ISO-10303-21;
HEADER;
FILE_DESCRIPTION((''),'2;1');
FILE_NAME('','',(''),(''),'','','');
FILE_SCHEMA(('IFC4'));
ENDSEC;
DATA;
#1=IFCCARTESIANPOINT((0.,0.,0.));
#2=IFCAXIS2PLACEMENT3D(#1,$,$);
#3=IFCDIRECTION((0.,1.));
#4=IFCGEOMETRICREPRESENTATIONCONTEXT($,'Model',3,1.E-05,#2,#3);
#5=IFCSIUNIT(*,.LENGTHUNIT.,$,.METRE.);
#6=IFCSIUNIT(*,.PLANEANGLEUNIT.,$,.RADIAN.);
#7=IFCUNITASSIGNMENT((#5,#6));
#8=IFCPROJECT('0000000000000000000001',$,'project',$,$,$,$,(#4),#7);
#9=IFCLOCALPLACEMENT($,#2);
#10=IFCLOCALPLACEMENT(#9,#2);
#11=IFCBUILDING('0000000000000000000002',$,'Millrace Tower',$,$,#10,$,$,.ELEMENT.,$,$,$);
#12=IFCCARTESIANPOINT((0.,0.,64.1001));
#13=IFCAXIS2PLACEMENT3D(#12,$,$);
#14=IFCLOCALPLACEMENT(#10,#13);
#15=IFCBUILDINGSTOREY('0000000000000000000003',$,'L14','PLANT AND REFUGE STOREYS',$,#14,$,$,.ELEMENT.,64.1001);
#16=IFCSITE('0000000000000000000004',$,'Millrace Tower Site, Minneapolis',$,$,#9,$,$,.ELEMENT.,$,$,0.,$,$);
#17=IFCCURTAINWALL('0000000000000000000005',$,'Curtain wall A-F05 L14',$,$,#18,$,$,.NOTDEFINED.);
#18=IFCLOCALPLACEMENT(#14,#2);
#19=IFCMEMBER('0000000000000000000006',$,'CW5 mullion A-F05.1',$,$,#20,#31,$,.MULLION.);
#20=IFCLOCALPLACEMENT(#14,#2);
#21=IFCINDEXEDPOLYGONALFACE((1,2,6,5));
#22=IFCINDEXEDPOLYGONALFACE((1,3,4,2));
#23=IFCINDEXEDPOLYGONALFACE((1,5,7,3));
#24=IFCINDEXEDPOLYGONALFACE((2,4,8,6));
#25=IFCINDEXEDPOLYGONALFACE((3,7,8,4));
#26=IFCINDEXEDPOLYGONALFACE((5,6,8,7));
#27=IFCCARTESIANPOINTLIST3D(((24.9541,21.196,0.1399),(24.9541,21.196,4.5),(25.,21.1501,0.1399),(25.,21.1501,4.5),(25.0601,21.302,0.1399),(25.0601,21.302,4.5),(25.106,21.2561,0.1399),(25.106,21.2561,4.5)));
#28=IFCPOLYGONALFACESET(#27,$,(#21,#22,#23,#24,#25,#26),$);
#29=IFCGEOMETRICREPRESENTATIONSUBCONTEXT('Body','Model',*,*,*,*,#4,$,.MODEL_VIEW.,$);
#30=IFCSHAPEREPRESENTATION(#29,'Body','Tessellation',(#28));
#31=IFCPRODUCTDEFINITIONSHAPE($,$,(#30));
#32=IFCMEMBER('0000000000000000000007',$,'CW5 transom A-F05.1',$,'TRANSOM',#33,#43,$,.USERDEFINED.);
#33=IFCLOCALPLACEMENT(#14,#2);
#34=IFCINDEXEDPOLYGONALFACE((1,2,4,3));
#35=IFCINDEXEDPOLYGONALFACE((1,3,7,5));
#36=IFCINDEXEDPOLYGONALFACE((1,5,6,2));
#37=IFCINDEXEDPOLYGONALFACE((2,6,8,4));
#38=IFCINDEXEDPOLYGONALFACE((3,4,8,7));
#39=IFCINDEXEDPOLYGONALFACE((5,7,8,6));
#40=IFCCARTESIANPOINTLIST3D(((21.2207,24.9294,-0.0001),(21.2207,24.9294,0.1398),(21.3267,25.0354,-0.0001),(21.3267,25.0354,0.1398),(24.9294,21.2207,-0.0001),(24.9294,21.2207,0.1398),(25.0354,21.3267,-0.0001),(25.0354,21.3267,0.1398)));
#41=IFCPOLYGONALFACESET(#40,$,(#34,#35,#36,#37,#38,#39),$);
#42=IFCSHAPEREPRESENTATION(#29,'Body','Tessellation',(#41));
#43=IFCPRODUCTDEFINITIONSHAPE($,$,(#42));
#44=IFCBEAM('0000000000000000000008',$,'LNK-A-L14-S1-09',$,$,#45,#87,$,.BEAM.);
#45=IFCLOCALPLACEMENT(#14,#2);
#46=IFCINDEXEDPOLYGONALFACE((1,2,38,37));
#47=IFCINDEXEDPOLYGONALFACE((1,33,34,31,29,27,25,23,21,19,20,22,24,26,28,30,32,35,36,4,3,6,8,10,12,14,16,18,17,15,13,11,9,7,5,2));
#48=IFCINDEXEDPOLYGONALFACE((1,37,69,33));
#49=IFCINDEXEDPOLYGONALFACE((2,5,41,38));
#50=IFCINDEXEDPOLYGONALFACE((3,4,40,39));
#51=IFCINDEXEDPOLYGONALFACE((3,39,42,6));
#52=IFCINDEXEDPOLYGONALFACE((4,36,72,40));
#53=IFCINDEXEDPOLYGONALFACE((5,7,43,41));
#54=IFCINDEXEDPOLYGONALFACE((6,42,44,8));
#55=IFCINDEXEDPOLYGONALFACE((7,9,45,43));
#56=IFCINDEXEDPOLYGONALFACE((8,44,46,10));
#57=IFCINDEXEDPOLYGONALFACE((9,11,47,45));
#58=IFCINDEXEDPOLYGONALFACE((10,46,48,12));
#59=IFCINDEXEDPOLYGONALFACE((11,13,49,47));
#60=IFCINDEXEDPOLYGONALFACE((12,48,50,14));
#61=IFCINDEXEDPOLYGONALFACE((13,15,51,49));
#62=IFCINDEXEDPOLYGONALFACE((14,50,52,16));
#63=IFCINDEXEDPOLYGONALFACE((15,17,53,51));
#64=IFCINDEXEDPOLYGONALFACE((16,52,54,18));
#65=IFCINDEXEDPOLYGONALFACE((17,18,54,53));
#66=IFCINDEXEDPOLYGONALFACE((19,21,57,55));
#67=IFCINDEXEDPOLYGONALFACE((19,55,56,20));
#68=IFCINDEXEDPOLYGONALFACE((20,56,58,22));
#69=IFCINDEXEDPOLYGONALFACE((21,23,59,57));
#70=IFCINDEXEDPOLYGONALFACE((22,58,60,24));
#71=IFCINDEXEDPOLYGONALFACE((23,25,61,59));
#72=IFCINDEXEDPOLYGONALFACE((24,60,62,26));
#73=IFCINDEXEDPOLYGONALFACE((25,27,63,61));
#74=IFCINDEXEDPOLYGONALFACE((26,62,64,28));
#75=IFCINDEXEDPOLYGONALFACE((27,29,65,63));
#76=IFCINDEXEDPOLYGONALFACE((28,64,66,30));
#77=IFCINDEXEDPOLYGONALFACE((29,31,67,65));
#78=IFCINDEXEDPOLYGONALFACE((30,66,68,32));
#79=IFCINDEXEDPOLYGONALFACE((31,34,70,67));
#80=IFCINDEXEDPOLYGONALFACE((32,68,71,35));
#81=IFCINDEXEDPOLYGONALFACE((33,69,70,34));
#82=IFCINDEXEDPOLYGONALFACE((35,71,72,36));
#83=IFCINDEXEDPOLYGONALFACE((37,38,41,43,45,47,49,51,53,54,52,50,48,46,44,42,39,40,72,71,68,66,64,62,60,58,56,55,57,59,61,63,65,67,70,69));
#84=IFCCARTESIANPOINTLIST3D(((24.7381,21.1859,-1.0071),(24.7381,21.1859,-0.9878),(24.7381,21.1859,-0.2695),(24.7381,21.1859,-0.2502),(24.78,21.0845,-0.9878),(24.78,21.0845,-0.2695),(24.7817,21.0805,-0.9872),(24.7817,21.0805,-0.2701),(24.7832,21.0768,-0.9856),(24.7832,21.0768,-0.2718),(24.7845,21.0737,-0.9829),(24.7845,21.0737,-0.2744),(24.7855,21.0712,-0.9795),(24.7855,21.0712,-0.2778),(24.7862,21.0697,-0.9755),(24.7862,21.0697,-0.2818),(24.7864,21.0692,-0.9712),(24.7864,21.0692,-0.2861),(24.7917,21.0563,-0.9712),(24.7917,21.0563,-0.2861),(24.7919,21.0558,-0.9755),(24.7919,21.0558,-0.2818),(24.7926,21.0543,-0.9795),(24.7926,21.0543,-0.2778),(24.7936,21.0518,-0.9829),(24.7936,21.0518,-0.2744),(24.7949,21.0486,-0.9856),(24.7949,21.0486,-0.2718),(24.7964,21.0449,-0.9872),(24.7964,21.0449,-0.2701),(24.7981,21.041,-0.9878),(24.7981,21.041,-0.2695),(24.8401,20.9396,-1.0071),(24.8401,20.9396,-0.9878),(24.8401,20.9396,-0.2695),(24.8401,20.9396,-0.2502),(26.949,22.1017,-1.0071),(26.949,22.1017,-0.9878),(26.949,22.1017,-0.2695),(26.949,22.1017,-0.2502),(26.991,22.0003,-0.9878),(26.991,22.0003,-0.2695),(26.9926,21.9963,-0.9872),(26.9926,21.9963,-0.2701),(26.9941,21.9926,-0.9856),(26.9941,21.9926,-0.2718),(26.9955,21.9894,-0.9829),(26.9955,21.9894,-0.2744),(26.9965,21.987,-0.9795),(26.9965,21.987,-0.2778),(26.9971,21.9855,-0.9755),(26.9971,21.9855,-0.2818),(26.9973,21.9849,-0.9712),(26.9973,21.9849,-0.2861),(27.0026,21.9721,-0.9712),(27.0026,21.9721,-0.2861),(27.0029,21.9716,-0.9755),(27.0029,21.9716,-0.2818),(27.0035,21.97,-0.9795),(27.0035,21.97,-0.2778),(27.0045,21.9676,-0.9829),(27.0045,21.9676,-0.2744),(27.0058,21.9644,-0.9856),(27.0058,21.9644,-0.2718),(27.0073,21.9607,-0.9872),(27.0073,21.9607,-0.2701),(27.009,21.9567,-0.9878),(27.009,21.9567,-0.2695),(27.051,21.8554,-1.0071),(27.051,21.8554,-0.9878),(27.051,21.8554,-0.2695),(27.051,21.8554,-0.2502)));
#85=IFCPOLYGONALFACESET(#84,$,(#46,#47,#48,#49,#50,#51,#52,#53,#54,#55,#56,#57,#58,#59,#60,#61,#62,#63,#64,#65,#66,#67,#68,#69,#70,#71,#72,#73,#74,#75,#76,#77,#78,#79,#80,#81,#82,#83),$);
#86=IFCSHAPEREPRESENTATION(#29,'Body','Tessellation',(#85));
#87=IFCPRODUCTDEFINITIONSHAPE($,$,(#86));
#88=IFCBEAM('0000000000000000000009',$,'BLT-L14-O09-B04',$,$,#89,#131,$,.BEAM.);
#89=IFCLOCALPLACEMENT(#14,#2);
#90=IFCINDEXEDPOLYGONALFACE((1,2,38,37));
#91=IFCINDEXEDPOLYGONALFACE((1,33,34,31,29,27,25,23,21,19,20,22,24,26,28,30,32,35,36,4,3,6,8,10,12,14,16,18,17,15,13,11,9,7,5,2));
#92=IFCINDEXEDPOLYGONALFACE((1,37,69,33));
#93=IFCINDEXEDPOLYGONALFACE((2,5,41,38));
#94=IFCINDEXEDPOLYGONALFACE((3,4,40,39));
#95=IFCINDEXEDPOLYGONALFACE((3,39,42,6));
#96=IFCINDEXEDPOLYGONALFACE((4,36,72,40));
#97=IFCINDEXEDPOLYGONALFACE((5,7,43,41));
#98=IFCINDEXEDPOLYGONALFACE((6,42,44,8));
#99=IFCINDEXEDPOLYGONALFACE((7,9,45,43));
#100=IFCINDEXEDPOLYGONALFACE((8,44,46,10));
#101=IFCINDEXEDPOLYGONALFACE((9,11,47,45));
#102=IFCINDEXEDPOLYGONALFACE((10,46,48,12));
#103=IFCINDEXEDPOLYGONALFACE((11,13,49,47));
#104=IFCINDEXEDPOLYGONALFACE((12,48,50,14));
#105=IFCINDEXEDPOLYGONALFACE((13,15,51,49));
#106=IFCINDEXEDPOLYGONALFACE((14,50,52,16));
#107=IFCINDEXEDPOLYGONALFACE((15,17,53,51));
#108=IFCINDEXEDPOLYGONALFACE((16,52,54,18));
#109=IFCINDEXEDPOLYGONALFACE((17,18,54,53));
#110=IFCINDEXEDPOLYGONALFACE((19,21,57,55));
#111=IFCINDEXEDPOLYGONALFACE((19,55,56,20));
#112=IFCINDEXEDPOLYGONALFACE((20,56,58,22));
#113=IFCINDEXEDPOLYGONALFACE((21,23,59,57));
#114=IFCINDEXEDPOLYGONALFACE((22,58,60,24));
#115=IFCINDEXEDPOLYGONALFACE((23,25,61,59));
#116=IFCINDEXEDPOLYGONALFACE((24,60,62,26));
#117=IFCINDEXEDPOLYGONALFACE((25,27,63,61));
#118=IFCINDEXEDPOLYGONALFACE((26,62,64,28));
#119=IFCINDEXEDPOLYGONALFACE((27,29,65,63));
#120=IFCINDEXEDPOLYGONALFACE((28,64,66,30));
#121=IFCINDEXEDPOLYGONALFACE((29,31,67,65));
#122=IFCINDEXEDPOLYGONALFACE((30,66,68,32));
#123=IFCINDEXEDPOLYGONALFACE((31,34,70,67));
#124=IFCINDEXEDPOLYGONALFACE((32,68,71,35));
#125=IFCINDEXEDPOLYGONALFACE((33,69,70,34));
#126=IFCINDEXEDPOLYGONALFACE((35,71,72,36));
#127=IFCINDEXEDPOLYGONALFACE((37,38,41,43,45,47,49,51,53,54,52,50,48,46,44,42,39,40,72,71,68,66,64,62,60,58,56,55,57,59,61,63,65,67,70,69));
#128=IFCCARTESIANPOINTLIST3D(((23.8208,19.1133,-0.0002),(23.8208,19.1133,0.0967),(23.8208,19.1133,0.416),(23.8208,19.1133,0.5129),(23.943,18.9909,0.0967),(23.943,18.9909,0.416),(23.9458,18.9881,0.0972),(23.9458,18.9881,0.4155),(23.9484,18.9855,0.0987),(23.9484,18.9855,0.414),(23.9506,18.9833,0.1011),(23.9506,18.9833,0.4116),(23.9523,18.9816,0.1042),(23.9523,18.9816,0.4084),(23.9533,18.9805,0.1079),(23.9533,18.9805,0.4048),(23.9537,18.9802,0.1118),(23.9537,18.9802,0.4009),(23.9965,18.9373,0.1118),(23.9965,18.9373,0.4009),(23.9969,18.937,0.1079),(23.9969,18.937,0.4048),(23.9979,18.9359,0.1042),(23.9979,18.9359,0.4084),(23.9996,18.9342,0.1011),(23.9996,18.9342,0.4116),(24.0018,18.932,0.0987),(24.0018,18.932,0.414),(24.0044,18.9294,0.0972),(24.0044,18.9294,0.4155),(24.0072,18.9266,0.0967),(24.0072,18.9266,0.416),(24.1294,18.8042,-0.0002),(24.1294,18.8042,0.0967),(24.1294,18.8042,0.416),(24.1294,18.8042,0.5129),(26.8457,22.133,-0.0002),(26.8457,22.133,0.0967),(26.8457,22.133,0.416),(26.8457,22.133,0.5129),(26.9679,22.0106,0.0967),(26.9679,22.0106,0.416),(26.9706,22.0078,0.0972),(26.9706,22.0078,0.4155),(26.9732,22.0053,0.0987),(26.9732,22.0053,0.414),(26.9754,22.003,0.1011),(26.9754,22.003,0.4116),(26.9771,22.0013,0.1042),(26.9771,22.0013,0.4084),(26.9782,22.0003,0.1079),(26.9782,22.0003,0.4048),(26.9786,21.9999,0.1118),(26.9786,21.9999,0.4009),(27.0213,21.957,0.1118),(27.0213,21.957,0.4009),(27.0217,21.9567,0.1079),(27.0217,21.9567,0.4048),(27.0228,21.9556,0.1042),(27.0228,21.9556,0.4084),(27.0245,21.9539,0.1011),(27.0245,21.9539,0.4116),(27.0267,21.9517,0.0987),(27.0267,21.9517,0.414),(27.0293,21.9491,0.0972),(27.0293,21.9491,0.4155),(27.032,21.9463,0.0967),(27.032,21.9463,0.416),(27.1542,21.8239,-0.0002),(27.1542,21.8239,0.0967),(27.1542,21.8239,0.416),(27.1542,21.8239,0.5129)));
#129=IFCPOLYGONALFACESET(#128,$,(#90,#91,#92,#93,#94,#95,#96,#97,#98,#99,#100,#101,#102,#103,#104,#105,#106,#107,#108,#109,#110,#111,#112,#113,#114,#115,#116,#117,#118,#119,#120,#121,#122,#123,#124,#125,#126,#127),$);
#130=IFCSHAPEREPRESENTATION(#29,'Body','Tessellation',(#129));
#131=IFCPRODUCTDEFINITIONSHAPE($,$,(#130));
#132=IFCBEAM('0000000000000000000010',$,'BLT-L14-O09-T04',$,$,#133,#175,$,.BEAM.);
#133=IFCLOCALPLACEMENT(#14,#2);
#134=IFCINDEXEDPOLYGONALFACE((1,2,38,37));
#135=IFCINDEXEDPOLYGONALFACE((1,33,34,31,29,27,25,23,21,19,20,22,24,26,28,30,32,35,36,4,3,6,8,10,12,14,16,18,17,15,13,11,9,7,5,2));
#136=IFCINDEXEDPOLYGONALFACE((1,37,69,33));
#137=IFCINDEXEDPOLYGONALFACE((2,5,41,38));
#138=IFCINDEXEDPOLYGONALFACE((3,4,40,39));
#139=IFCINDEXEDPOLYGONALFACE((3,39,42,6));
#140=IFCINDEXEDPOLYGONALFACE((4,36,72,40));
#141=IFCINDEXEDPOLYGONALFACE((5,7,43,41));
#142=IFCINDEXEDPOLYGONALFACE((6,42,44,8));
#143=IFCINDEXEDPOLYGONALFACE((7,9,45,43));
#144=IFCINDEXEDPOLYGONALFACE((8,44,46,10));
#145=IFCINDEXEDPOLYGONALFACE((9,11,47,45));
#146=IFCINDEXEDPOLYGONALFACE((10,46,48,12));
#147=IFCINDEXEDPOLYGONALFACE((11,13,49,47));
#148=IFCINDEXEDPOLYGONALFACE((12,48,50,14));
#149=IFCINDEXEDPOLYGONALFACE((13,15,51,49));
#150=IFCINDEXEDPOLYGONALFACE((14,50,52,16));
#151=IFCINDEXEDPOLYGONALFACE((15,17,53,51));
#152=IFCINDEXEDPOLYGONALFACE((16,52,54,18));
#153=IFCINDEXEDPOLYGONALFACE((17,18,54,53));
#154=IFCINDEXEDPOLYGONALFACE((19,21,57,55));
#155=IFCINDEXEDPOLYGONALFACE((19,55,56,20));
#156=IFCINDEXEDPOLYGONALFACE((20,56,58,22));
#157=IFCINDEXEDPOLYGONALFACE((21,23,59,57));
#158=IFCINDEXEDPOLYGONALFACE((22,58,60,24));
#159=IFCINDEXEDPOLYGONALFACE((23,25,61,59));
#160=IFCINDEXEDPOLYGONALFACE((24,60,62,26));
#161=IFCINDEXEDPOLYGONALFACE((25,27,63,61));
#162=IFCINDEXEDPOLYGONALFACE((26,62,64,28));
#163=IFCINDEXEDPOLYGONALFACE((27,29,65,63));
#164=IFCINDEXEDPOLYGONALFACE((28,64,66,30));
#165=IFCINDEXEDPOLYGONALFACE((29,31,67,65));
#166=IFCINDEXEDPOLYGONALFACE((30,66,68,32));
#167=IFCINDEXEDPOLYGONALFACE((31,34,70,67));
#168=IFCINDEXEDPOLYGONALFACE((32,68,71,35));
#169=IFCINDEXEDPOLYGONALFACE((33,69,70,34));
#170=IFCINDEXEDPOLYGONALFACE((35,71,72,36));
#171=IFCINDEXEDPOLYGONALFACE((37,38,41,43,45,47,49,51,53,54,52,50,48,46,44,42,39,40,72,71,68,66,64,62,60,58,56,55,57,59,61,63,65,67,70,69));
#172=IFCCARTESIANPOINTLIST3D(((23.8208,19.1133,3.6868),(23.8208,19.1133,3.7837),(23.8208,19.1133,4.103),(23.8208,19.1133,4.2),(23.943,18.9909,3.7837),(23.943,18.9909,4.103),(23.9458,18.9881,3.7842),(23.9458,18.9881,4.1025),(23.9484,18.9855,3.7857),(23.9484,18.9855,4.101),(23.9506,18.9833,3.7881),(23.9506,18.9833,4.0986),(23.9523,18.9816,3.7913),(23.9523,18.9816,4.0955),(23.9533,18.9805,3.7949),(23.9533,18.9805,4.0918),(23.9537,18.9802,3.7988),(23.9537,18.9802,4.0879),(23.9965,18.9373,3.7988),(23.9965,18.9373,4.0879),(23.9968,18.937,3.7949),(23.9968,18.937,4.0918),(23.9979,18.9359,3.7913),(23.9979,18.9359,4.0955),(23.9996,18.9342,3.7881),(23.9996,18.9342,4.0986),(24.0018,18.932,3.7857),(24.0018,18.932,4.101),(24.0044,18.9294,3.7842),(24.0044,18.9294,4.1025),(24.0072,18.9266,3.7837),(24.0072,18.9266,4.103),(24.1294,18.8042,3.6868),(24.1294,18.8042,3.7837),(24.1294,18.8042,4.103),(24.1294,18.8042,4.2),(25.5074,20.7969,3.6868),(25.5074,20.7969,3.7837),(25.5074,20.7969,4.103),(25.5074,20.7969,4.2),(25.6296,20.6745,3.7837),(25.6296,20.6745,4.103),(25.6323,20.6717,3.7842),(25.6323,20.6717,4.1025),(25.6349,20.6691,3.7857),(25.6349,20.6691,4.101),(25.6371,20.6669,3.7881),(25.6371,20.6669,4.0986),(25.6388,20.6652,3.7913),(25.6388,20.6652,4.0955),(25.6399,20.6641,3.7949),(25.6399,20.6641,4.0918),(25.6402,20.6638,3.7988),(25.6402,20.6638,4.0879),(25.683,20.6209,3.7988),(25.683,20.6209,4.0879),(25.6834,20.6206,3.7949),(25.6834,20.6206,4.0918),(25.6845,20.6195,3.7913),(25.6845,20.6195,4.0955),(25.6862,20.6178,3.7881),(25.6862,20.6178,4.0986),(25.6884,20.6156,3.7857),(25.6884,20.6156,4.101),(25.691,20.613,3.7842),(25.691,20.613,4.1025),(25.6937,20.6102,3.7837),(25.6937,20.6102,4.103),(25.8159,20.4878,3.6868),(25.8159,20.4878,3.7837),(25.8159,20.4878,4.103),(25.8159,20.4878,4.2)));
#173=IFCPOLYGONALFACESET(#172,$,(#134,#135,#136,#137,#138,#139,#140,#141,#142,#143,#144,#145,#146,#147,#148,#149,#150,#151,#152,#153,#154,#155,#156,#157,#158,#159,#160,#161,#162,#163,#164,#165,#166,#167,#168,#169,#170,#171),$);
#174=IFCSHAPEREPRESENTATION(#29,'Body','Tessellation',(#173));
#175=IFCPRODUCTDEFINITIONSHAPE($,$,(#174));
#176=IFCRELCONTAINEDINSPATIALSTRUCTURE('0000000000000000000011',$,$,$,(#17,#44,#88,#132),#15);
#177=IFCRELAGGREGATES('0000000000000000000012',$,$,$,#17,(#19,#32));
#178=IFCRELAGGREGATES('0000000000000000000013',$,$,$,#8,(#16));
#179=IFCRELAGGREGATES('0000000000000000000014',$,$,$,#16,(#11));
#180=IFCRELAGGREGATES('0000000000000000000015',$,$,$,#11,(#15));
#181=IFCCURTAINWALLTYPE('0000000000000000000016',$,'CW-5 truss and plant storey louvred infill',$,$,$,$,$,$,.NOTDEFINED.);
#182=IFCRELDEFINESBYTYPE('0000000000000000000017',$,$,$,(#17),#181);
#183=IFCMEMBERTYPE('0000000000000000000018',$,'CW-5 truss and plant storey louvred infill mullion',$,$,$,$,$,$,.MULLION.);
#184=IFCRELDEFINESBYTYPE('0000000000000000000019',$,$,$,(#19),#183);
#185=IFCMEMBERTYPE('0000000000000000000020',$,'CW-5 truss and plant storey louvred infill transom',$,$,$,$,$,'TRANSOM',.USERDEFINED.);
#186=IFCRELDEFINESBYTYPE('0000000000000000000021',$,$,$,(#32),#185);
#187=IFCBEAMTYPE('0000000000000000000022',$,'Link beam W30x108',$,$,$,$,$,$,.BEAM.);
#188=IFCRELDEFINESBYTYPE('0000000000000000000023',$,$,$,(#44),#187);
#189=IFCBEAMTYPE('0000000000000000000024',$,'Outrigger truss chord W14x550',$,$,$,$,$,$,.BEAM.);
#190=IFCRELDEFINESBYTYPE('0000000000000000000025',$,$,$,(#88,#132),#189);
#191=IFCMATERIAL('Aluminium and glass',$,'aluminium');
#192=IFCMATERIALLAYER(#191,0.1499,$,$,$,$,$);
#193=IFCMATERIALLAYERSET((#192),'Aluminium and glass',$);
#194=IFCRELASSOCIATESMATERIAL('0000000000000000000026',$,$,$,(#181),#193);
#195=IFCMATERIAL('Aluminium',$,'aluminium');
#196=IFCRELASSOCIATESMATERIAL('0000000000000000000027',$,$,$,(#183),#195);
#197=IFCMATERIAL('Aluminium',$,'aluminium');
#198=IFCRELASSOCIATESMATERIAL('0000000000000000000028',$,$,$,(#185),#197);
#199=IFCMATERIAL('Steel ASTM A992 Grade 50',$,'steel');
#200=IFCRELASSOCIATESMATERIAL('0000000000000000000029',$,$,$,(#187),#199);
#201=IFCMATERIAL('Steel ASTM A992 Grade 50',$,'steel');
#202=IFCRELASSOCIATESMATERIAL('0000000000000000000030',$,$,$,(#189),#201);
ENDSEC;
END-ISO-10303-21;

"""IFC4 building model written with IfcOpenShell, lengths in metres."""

from ifc_helpers import new_model, si_unit, direction, frame, origin, origin_2d, place, context, subcontext, project, spatial, rectangle, i_section, extrude, material, layer, layer_set, material_profile, profile_set, type_object, element, aggregate, save


model = new_model("IFC4")

# Units and contexts
model_context = context("Model", 3, precision=1e-05, world=origin(), true_north=direction((0.0, 1.0)))
body_context = subcontext(model_context, "Body", "Model", "MODEL_VIEW")
ifc_project = project(units=[si_unit("LENGTHUNIT", "METRE"), si_unit("PLANEANGLEUNIT", "RADIAN")], contexts=[model_context])

# Site, building, storey
site_placement = place(None, origin())
site = spatial("IfcSite", under=ifc_project, at=site_placement, Name="Millrace Tower Site, Minneapolis", CompositionType="ELEMENT", RefElevation=0.0)
building_placement = place(site_placement, origin())
building = spatial("IfcBuilding", under=site, at=building_placement, Name="Millrace Tower", CompositionType="ELEMENT")
storey_placement = place(building_placement, frame((0.0, 0.0, 64.1001)))
storey = spatial("IfcBuildingStorey", under=building, at=storey_placement, Name="L14", Description="PLANT AND REFUGE STOREYS", CompositionType="ELEMENT", Elevation=64.1001)

# Curtain wall, members
ifc_material_1 = material(Name="Aluminium and glass", Category="aluminium")
ifc_layer_1 = layer(ifc_material_1, 0.1499)
ifc_layer_set_1 = layer_set([ifc_layer_1], Name="Aluminium and glass")
curtain_wall_type = type_object("IfcCurtainWallType", Name="CW-5 truss and plant storey louvred infill", PredefinedType="NOTDEFINED", material=ifc_layer_set_1)
curtain_wall_placement = place(storey_placement, origin())
curtain_wall = element("IfcCurtainWall", 1, at=curtain_wall_placement, inside=storey, type_object=curtain_wall_type, Name="Curtain wall A-F05 L14", PredefinedType="NOTDEFINED")
ifc_material_2 = material(Name="Aluminium", Category="aluminium")
ifc_material_profile_1 = material_profile(ifc_material_2, rectangle(XDim=0.0649, YDim=0.1499, at=origin_2d()))
ifc_profile_set_1 = profile_set([ifc_material_profile_1], Name="Aluminium")
member_type_1 = type_object("IfcMemberType", Name="CW-5 truss and plant storey louvred infill mullion", PredefinedType="MULLION", material=ifc_profile_set_1)
member_1_placement = place(storey_placement, frame((25.03, 21.2261, 0.1399), z_axis=(0.0, 0.0, 1.0), x_axis=(-0.707107, 0.707107, 0.0)))
member_1 = element("IfcMember", 2, at=member_1_placement, type_object=member_type_1, Name="CW5 mullion A-F05.1", PredefinedType="MULLION", context=body_context, shape_type="SweptSolid", body=[
    extrude(rectangle(XDim=0.0649, YDim=0.1499, at=origin_2d()), origin(), (0.0, 0.0, 1.0), 4.3601),
])
ifc_material_3 = material(Name="Aluminium", Category="aluminium")
ifc_material_profile_2 = material_profile(ifc_material_3, rectangle(XDim=0.1499, YDim=0.1399, at=origin_2d()))
ifc_profile_set_2 = profile_set([ifc_material_profile_2], Name="Aluminium")
member_type_2 = type_object("IfcMemberType", Name="CW-5 truss and plant storey louvred infill transom", ElementType="TRANSOM", PredefinedType="USERDEFINED", material=ifc_profile_set_2)
member_2_placement = place(storey_placement, frame((24.9824, 21.2737, 0.0698), z_axis=(-0.707107, 0.707107, 0.0), x_axis=(-0.707107, -0.707107, 0.0)))
member_2 = element("IfcMember", 3, at=member_2_placement, type_object=member_type_2, Name="CW5 transom A-F05.1", ObjectType="TRANSOM", PredefinedType="USERDEFINED", context=body_context, shape_type="SweptSolid", body=[
    extrude(rectangle(XDim=0.1499, YDim=0.1399, at=origin_2d()), origin(), (0.0, 0.0, 1.0), 5.2449),
])
aggregate(curtain_wall, [member_1, member_2])

# Beams
ifc_material_4 = material(Name="Steel ASTM A992 Grade 50", Category="steel")
ifc_material_profile_3 = material_profile(ifc_material_4, i_section(OverallWidth=0.2666, OverallDepth=0.7568, WebThickness=0.0139, FlangeThickness=0.0193, FilletRadius=0.0166, at=origin_2d()))
ifc_profile_set_3 = profile_set([ifc_material_profile_3], Name="Steel ASTM A992 Grade 50")
beam_type_1 = type_object("IfcBeamType", Name="Link beam W30x108", PredefinedType="BEAM", material=ifc_profile_set_3)
beam_1_placement = place(storey_placement, frame((24.7891, 21.0627, -0.6287), z_axis=(0.923884, 0.382673, 0.0), x_axis=(-0.382673, 0.923884, 0.0)))
element("IfcBeam", 4, at=beam_1_placement, inside=storey, type_object=beam_type_1, Name="LNK-A-L14-S1-09", PredefinedType="BEAM", context=body_context, shape_type="SweptSolid", body=[
    extrude(i_section(OverallWidth=0.2666, OverallDepth=0.7568, WebThickness=0.0139, FlangeThickness=0.0193, FilletRadius=0.0166, at=origin_2d()), origin(), (0.0, 0.0, 1.0), 2.3931),
])
ifc_material_5 = material(Name="Steel ASTM A992 Grade 50", Category="steel")
ifc_material_profile_4 = material_profile(ifc_material_5, i_section(OverallWidth=0.4368, OverallDepth=0.5132, WebThickness=0.0605, FlangeThickness=0.0969, FilletRadius=0.0151, at=origin_2d()))
ifc_profile_set_4 = profile_set([ifc_material_profile_4], Name="Steel ASTM A992 Grade 50")
beam_type_2 = type_object("IfcBeamType", Name="Outrigger truss chord W14x550", PredefinedType="BEAM", material=ifc_profile_set_4)
beam_2_placement = place(storey_placement, frame((23.9751, 18.9587, 0.2563), z_axis=(0.707706, 0.706507, 0.0), x_axis=(-0.706507, 0.707706, 0.0)))
element("IfcBeam", 5, at=beam_2_placement, inside=storey, type_object=beam_type_2, Name="BLT-L14-O09-B04", PredefinedType="BEAM", context=body_context, shape_type="SweptSolid", body=[
    extrude(i_section(OverallWidth=0.4368, OverallDepth=0.5132, WebThickness=0.0605, FlangeThickness=0.0969, FilletRadius=0.0151, at=origin_2d()), origin(), (0.0, 0.0, 1.0), 4.2742),
])
beam_3_placement = place(storey_placement, frame((23.9751, 18.9587, 3.9434), z_axis=(0.707721, 0.706492, 0.0), x_axis=(-0.706492, 0.707721, 0.0)))
element("IfcBeam", 6, at=beam_3_placement, inside=storey, type_object=beam_type_2, Name="BLT-L14-O09-T04", PredefinedType="BEAM", context=body_context, shape_type="SweptSolid", body=[
    extrude(i_section(OverallWidth=0.4368, OverallDepth=0.5132, WebThickness=0.0605, FlangeThickness=0.0969, FilletRadius=0.0151, at=origin_2d()), origin(), (0.0, 0.0, 1.0), 2.3831),
])

save(model, "model.ifc")
